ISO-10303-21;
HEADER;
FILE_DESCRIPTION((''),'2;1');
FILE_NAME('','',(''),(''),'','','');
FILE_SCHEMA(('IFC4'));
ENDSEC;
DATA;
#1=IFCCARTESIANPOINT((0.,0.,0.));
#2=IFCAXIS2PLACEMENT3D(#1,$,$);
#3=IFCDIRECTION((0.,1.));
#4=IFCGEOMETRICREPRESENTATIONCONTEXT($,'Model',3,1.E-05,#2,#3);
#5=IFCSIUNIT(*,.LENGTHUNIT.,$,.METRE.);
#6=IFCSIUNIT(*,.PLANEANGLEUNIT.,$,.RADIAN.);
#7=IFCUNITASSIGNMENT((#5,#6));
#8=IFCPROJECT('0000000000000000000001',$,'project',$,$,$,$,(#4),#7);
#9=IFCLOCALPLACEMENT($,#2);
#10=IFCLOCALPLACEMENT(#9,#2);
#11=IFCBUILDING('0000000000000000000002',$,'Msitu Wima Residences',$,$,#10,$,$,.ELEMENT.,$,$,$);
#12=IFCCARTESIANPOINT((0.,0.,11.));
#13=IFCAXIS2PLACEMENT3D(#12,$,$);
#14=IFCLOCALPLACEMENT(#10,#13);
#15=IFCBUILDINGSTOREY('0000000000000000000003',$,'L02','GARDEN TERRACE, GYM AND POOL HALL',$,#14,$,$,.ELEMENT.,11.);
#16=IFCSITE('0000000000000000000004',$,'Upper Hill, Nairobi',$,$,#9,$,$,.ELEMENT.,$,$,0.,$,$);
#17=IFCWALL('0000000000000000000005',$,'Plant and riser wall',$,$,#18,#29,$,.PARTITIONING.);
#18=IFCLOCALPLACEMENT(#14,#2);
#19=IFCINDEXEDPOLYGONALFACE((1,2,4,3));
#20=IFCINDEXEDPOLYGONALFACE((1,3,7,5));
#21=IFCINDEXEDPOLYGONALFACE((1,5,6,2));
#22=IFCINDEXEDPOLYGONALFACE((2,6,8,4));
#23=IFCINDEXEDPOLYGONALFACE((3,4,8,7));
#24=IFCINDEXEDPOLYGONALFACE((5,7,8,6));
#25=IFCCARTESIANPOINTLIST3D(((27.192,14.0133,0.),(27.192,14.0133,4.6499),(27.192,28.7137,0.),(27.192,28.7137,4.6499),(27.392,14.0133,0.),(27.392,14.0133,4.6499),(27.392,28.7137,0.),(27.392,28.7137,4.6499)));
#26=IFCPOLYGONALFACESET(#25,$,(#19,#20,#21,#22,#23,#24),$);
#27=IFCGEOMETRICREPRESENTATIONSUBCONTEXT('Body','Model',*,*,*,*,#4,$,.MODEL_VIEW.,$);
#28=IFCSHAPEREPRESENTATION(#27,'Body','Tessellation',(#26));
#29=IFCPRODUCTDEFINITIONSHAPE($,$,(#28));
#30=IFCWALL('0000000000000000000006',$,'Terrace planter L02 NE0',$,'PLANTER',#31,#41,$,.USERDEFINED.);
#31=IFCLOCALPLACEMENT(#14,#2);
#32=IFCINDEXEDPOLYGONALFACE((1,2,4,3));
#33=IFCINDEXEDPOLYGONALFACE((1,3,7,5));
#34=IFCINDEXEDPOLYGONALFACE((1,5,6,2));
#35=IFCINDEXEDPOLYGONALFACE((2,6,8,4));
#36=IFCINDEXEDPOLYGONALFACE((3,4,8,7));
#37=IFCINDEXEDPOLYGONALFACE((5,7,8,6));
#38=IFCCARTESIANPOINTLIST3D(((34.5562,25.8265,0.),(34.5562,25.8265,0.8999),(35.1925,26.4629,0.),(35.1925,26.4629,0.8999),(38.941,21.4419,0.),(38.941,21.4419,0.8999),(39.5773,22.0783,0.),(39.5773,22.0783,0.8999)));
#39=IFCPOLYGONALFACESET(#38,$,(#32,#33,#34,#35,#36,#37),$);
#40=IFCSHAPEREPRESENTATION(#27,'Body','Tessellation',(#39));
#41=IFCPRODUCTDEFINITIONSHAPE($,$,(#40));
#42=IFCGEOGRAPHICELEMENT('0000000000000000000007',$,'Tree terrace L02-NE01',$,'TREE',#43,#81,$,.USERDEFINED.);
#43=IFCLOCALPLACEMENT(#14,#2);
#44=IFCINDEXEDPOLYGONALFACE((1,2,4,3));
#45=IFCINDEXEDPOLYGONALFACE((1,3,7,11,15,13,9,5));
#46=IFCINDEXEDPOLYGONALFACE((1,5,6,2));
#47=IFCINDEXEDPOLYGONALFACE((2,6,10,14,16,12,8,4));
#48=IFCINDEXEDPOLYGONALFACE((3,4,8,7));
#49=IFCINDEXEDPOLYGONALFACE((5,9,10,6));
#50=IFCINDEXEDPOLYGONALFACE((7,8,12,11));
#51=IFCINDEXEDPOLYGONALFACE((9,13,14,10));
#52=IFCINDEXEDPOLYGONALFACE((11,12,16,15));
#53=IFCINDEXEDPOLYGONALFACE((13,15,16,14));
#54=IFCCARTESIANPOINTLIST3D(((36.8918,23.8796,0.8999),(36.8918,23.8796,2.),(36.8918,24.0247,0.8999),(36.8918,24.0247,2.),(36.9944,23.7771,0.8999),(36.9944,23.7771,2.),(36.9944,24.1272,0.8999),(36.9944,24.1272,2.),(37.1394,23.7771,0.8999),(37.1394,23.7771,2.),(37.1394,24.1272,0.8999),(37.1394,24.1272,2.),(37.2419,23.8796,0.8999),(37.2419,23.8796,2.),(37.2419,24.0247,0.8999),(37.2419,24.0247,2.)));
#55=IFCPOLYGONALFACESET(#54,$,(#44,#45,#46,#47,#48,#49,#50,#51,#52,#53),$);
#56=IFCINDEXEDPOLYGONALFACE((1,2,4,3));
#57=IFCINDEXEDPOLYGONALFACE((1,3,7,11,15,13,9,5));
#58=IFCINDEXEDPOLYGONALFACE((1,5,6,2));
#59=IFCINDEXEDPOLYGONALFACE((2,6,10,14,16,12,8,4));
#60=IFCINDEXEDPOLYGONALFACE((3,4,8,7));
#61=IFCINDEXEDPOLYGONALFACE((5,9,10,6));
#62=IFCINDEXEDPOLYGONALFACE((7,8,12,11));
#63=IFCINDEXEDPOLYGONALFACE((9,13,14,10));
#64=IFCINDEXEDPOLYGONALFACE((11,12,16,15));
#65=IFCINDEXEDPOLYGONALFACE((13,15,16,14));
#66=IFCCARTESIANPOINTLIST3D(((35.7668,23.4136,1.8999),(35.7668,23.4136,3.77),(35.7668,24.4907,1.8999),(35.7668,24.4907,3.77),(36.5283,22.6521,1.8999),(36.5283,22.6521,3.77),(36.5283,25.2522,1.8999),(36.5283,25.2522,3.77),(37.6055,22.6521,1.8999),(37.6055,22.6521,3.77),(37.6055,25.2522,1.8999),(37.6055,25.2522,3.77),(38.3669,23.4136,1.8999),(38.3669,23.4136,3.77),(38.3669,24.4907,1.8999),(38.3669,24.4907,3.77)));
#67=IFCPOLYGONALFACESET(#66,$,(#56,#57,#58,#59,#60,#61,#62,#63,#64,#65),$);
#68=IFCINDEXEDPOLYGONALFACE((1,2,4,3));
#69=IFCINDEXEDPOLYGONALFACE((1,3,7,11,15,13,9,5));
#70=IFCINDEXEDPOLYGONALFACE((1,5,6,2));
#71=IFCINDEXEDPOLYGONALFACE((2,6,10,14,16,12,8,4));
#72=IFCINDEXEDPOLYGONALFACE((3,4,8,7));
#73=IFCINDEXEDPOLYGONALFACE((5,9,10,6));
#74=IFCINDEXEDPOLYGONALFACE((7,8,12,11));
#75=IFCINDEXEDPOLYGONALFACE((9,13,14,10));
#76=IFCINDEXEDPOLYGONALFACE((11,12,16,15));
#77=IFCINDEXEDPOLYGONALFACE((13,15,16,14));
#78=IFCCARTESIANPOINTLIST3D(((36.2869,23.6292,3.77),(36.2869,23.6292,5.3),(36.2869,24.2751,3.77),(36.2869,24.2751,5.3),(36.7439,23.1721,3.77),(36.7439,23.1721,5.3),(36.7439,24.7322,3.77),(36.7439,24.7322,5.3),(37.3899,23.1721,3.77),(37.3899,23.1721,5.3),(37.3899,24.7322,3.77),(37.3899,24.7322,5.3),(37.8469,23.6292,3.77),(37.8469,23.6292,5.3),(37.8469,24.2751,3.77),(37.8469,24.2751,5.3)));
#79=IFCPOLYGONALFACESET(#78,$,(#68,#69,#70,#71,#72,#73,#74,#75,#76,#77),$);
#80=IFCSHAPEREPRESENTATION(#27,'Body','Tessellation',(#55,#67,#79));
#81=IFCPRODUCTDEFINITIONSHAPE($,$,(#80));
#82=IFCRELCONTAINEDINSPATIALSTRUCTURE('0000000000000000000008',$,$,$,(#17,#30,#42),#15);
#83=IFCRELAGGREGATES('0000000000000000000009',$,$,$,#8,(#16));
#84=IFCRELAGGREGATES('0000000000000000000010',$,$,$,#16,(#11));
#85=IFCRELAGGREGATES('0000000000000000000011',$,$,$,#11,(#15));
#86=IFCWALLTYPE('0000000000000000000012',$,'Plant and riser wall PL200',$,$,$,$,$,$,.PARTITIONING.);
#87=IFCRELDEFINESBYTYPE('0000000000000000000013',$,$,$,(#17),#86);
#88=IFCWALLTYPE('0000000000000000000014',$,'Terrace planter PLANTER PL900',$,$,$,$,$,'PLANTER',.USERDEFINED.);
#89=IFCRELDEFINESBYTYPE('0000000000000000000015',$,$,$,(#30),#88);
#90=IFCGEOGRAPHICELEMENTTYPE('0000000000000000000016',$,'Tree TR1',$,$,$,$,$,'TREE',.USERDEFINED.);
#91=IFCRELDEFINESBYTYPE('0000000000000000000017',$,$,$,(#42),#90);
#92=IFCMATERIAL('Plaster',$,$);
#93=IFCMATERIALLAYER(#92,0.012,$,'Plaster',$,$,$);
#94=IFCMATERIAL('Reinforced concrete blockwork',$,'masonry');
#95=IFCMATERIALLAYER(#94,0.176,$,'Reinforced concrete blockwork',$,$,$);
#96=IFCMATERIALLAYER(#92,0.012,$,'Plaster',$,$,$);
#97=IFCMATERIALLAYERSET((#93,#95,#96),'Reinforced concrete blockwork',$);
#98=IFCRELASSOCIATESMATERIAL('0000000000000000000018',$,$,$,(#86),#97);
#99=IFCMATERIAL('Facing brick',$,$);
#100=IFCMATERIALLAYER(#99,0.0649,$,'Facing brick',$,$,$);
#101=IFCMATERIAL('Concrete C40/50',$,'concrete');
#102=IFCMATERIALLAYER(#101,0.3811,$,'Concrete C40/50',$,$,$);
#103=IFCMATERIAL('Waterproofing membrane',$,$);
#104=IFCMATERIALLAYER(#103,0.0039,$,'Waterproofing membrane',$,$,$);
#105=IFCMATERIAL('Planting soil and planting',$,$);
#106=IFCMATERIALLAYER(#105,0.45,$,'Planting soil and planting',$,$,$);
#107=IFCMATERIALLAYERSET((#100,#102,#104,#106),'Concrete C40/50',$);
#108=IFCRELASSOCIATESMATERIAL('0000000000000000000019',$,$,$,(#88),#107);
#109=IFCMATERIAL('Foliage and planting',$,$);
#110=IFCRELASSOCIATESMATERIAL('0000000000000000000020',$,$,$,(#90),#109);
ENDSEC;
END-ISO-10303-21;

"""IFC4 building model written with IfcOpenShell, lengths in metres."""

from ifc_helpers import new_model, si_unit, direction, frame, frame_2d, origin, place, context, subcontext, project, spatial, polyline, rectangle, outline, extrude, material, layer, layer_set, type_object, element, save


model = new_model("IFC4")

# Units and contexts
model_context = context("Model", 3, precision=1e-05, world=origin(), true_north=direction((0.0, 1.0)))
body_context = subcontext(model_context, "Body", "Model", "MODEL_VIEW")
ifc_project = project(units=[si_unit("LENGTHUNIT", "METRE"), si_unit("PLANEANGLEUNIT", "RADIAN")], contexts=[model_context])

# Site, building, storey
site_placement = place(None, origin())
site = spatial("IfcSite", under=ifc_project, at=site_placement, Name="Upper Hill, Nairobi", CompositionType="ELEMENT", RefElevation=0.0)
building_placement = place(site_placement, origin())
building = spatial("IfcBuilding", under=site, at=building_placement, Name="Msitu Wima Residences", CompositionType="ELEMENT")
storey_placement = place(building_placement, frame((0.0, 0.0, 11.0)))
storey = spatial("IfcBuildingStorey", under=building, at=storey_placement, Name="L02", Description="GARDEN TERRACE, GYM AND POOL HALL", CompositionType="ELEMENT", Elevation=11.0)

# Shared definitions
ifc_material_1 = material(Name="Plaster")

# Shared definitions
ifc_layer_1 = layer(ifc_material_1, 0.012, Name="Plaster")
ifc_material_2 = material(Name="Reinforced concrete blockwork", Category="masonry")
ifc_layer_2 = layer(ifc_material_2, 0.176, Name="Reinforced concrete blockwork")
ifc_layer_3 = layer(ifc_material_1, 0.012, Name="Plaster")
ifc_layer_set_1 = layer_set([ifc_layer_1, ifc_layer_2, ifc_layer_3], Name="Reinforced concrete blockwork")
wall_type_1 = type_object("IfcWallType", Name="Plant and riser wall PL200", PredefinedType="PARTITIONING", material=ifc_layer_set_1)

# Walls
wall_1_placement = place(storey_placement, frame((27.292, 14.0134, 0.0), z_axis=(0.0, 0.0, 1.0), x_axis=(0.0, 1.0, 0.0)))
element("IfcWall", 1, at=wall_1_placement, inside=storey, type_object=wall_type_1, Name="Plant and riser wall", PredefinedType="PARTITIONING", context=body_context, shape_type="SweptSolid", body=[
    extrude(rectangle(XDim=14.7004, YDim=0.2, at=frame_2d((7.3501, 0.0))), origin(), (0.0, 0.0, 1.0), 4.6499),
])
ifc_material_3 = material(Name="Facing brick")
ifc_layer_4 = layer(ifc_material_3, 0.0649, Name="Facing brick")
ifc_material_4 = material(Name="Concrete C40/50", Category="concrete")
ifc_layer_5 = layer(ifc_material_4, 0.3811, Name="Concrete C40/50")
ifc_material_5 = material(Name="Waterproofing membrane")
ifc_layer_6 = layer(ifc_material_5, 0.0039, Name="Waterproofing membrane")
ifc_material_6 = material(Name="Planting soil and planting")
ifc_layer_7 = layer(ifc_material_6, 0.45, Name="Planting soil and planting")
ifc_layer_set_2 = layer_set([ifc_layer_4, ifc_layer_5, ifc_layer_6, ifc_layer_7], Name="Concrete C40/50")
wall_type_2 = type_object("IfcWallType", Name="Terrace planter PLANTER PL900", ElementType="PLANTER", PredefinedType="USERDEFINED", material=ifc_layer_set_2)
wall_2_placement = place(storey_placement, frame((39.2593, 21.76, 0.0), z_axis=(0.0, 0.0, 1.0), x_axis=(-0.707126, 0.707087, 0.0)))
element("IfcWall", 2, at=wall_2_placement, inside=storey, type_object=wall_type_2, Name="Terrace planter L02 NE0", ObjectType="PLANTER", PredefinedType="USERDEFINED", context=body_context, shape_type="SweptSolid", body=[
    extrude(rectangle(XDim=6.2009, YDim=0.8999, at=frame_2d((3.1006, 0.0))), origin(), (0.0, 0.0, 1.0), 0.8999),
])

# Geographic element
ifc_material_7 = material(Name="Foliage and planting")
geographic_element_type = type_object("IfcGeographicElementType", Name="Tree TR1", ElementType="TREE", PredefinedType="USERDEFINED", material=ifc_material_7)
geographic_element_placement = place(storey_placement, frame((37.0669, 23.9521, 0.8999), z_axis=(0.0, 0.0, 1.0), x_axis=(1.0, 0.0, 0.0)))
element("IfcGeographicElement", 3, at=geographic_element_placement, inside=storey, type_object=geographic_element_type, Name="Tree terrace L02-NE01", ObjectType="TREE", PredefinedType="USERDEFINED", context=body_context, shape_type="SweptSolid", body=[
    extrude(outline(polyline([(0.175, 0.0725), (0.0725, 0.175), (-0.0725, 0.175), (-0.175, 0.0725), (-0.175, -0.0725), (-0.0725, -0.175), (0.0725, -0.175), (0.175, -0.0725), (0.175, 0.0725)])), origin(), (0.0, 0.0, 1.0), 1.1001),
    extrude(outline(polyline([(1.3, 0.5386), (0.5386, 1.3), (-0.5386, 1.3), (-1.3, 0.5386), (-1.3, -0.5386), (-0.5386, -1.3), (0.5386, -1.3), (1.3, -0.5386), (1.3, 0.5386)])), frame((0.0, 0.0, 1.0)), (0.0, 0.0, 1.0), 1.8701),
    extrude(outline(polyline([(0.78, 0.323), (0.323, 0.78), (-0.323, 0.78), (-0.78, 0.323), (-0.78, -0.323), (-0.323, -0.78), (0.323, -0.78), (0.78, -0.323), (0.78, 0.323)])), frame((0.0, 0.0, 2.8701)), (0.0, 0.0, 1.0), 1.53),
])

save(model, "model.ifc")
